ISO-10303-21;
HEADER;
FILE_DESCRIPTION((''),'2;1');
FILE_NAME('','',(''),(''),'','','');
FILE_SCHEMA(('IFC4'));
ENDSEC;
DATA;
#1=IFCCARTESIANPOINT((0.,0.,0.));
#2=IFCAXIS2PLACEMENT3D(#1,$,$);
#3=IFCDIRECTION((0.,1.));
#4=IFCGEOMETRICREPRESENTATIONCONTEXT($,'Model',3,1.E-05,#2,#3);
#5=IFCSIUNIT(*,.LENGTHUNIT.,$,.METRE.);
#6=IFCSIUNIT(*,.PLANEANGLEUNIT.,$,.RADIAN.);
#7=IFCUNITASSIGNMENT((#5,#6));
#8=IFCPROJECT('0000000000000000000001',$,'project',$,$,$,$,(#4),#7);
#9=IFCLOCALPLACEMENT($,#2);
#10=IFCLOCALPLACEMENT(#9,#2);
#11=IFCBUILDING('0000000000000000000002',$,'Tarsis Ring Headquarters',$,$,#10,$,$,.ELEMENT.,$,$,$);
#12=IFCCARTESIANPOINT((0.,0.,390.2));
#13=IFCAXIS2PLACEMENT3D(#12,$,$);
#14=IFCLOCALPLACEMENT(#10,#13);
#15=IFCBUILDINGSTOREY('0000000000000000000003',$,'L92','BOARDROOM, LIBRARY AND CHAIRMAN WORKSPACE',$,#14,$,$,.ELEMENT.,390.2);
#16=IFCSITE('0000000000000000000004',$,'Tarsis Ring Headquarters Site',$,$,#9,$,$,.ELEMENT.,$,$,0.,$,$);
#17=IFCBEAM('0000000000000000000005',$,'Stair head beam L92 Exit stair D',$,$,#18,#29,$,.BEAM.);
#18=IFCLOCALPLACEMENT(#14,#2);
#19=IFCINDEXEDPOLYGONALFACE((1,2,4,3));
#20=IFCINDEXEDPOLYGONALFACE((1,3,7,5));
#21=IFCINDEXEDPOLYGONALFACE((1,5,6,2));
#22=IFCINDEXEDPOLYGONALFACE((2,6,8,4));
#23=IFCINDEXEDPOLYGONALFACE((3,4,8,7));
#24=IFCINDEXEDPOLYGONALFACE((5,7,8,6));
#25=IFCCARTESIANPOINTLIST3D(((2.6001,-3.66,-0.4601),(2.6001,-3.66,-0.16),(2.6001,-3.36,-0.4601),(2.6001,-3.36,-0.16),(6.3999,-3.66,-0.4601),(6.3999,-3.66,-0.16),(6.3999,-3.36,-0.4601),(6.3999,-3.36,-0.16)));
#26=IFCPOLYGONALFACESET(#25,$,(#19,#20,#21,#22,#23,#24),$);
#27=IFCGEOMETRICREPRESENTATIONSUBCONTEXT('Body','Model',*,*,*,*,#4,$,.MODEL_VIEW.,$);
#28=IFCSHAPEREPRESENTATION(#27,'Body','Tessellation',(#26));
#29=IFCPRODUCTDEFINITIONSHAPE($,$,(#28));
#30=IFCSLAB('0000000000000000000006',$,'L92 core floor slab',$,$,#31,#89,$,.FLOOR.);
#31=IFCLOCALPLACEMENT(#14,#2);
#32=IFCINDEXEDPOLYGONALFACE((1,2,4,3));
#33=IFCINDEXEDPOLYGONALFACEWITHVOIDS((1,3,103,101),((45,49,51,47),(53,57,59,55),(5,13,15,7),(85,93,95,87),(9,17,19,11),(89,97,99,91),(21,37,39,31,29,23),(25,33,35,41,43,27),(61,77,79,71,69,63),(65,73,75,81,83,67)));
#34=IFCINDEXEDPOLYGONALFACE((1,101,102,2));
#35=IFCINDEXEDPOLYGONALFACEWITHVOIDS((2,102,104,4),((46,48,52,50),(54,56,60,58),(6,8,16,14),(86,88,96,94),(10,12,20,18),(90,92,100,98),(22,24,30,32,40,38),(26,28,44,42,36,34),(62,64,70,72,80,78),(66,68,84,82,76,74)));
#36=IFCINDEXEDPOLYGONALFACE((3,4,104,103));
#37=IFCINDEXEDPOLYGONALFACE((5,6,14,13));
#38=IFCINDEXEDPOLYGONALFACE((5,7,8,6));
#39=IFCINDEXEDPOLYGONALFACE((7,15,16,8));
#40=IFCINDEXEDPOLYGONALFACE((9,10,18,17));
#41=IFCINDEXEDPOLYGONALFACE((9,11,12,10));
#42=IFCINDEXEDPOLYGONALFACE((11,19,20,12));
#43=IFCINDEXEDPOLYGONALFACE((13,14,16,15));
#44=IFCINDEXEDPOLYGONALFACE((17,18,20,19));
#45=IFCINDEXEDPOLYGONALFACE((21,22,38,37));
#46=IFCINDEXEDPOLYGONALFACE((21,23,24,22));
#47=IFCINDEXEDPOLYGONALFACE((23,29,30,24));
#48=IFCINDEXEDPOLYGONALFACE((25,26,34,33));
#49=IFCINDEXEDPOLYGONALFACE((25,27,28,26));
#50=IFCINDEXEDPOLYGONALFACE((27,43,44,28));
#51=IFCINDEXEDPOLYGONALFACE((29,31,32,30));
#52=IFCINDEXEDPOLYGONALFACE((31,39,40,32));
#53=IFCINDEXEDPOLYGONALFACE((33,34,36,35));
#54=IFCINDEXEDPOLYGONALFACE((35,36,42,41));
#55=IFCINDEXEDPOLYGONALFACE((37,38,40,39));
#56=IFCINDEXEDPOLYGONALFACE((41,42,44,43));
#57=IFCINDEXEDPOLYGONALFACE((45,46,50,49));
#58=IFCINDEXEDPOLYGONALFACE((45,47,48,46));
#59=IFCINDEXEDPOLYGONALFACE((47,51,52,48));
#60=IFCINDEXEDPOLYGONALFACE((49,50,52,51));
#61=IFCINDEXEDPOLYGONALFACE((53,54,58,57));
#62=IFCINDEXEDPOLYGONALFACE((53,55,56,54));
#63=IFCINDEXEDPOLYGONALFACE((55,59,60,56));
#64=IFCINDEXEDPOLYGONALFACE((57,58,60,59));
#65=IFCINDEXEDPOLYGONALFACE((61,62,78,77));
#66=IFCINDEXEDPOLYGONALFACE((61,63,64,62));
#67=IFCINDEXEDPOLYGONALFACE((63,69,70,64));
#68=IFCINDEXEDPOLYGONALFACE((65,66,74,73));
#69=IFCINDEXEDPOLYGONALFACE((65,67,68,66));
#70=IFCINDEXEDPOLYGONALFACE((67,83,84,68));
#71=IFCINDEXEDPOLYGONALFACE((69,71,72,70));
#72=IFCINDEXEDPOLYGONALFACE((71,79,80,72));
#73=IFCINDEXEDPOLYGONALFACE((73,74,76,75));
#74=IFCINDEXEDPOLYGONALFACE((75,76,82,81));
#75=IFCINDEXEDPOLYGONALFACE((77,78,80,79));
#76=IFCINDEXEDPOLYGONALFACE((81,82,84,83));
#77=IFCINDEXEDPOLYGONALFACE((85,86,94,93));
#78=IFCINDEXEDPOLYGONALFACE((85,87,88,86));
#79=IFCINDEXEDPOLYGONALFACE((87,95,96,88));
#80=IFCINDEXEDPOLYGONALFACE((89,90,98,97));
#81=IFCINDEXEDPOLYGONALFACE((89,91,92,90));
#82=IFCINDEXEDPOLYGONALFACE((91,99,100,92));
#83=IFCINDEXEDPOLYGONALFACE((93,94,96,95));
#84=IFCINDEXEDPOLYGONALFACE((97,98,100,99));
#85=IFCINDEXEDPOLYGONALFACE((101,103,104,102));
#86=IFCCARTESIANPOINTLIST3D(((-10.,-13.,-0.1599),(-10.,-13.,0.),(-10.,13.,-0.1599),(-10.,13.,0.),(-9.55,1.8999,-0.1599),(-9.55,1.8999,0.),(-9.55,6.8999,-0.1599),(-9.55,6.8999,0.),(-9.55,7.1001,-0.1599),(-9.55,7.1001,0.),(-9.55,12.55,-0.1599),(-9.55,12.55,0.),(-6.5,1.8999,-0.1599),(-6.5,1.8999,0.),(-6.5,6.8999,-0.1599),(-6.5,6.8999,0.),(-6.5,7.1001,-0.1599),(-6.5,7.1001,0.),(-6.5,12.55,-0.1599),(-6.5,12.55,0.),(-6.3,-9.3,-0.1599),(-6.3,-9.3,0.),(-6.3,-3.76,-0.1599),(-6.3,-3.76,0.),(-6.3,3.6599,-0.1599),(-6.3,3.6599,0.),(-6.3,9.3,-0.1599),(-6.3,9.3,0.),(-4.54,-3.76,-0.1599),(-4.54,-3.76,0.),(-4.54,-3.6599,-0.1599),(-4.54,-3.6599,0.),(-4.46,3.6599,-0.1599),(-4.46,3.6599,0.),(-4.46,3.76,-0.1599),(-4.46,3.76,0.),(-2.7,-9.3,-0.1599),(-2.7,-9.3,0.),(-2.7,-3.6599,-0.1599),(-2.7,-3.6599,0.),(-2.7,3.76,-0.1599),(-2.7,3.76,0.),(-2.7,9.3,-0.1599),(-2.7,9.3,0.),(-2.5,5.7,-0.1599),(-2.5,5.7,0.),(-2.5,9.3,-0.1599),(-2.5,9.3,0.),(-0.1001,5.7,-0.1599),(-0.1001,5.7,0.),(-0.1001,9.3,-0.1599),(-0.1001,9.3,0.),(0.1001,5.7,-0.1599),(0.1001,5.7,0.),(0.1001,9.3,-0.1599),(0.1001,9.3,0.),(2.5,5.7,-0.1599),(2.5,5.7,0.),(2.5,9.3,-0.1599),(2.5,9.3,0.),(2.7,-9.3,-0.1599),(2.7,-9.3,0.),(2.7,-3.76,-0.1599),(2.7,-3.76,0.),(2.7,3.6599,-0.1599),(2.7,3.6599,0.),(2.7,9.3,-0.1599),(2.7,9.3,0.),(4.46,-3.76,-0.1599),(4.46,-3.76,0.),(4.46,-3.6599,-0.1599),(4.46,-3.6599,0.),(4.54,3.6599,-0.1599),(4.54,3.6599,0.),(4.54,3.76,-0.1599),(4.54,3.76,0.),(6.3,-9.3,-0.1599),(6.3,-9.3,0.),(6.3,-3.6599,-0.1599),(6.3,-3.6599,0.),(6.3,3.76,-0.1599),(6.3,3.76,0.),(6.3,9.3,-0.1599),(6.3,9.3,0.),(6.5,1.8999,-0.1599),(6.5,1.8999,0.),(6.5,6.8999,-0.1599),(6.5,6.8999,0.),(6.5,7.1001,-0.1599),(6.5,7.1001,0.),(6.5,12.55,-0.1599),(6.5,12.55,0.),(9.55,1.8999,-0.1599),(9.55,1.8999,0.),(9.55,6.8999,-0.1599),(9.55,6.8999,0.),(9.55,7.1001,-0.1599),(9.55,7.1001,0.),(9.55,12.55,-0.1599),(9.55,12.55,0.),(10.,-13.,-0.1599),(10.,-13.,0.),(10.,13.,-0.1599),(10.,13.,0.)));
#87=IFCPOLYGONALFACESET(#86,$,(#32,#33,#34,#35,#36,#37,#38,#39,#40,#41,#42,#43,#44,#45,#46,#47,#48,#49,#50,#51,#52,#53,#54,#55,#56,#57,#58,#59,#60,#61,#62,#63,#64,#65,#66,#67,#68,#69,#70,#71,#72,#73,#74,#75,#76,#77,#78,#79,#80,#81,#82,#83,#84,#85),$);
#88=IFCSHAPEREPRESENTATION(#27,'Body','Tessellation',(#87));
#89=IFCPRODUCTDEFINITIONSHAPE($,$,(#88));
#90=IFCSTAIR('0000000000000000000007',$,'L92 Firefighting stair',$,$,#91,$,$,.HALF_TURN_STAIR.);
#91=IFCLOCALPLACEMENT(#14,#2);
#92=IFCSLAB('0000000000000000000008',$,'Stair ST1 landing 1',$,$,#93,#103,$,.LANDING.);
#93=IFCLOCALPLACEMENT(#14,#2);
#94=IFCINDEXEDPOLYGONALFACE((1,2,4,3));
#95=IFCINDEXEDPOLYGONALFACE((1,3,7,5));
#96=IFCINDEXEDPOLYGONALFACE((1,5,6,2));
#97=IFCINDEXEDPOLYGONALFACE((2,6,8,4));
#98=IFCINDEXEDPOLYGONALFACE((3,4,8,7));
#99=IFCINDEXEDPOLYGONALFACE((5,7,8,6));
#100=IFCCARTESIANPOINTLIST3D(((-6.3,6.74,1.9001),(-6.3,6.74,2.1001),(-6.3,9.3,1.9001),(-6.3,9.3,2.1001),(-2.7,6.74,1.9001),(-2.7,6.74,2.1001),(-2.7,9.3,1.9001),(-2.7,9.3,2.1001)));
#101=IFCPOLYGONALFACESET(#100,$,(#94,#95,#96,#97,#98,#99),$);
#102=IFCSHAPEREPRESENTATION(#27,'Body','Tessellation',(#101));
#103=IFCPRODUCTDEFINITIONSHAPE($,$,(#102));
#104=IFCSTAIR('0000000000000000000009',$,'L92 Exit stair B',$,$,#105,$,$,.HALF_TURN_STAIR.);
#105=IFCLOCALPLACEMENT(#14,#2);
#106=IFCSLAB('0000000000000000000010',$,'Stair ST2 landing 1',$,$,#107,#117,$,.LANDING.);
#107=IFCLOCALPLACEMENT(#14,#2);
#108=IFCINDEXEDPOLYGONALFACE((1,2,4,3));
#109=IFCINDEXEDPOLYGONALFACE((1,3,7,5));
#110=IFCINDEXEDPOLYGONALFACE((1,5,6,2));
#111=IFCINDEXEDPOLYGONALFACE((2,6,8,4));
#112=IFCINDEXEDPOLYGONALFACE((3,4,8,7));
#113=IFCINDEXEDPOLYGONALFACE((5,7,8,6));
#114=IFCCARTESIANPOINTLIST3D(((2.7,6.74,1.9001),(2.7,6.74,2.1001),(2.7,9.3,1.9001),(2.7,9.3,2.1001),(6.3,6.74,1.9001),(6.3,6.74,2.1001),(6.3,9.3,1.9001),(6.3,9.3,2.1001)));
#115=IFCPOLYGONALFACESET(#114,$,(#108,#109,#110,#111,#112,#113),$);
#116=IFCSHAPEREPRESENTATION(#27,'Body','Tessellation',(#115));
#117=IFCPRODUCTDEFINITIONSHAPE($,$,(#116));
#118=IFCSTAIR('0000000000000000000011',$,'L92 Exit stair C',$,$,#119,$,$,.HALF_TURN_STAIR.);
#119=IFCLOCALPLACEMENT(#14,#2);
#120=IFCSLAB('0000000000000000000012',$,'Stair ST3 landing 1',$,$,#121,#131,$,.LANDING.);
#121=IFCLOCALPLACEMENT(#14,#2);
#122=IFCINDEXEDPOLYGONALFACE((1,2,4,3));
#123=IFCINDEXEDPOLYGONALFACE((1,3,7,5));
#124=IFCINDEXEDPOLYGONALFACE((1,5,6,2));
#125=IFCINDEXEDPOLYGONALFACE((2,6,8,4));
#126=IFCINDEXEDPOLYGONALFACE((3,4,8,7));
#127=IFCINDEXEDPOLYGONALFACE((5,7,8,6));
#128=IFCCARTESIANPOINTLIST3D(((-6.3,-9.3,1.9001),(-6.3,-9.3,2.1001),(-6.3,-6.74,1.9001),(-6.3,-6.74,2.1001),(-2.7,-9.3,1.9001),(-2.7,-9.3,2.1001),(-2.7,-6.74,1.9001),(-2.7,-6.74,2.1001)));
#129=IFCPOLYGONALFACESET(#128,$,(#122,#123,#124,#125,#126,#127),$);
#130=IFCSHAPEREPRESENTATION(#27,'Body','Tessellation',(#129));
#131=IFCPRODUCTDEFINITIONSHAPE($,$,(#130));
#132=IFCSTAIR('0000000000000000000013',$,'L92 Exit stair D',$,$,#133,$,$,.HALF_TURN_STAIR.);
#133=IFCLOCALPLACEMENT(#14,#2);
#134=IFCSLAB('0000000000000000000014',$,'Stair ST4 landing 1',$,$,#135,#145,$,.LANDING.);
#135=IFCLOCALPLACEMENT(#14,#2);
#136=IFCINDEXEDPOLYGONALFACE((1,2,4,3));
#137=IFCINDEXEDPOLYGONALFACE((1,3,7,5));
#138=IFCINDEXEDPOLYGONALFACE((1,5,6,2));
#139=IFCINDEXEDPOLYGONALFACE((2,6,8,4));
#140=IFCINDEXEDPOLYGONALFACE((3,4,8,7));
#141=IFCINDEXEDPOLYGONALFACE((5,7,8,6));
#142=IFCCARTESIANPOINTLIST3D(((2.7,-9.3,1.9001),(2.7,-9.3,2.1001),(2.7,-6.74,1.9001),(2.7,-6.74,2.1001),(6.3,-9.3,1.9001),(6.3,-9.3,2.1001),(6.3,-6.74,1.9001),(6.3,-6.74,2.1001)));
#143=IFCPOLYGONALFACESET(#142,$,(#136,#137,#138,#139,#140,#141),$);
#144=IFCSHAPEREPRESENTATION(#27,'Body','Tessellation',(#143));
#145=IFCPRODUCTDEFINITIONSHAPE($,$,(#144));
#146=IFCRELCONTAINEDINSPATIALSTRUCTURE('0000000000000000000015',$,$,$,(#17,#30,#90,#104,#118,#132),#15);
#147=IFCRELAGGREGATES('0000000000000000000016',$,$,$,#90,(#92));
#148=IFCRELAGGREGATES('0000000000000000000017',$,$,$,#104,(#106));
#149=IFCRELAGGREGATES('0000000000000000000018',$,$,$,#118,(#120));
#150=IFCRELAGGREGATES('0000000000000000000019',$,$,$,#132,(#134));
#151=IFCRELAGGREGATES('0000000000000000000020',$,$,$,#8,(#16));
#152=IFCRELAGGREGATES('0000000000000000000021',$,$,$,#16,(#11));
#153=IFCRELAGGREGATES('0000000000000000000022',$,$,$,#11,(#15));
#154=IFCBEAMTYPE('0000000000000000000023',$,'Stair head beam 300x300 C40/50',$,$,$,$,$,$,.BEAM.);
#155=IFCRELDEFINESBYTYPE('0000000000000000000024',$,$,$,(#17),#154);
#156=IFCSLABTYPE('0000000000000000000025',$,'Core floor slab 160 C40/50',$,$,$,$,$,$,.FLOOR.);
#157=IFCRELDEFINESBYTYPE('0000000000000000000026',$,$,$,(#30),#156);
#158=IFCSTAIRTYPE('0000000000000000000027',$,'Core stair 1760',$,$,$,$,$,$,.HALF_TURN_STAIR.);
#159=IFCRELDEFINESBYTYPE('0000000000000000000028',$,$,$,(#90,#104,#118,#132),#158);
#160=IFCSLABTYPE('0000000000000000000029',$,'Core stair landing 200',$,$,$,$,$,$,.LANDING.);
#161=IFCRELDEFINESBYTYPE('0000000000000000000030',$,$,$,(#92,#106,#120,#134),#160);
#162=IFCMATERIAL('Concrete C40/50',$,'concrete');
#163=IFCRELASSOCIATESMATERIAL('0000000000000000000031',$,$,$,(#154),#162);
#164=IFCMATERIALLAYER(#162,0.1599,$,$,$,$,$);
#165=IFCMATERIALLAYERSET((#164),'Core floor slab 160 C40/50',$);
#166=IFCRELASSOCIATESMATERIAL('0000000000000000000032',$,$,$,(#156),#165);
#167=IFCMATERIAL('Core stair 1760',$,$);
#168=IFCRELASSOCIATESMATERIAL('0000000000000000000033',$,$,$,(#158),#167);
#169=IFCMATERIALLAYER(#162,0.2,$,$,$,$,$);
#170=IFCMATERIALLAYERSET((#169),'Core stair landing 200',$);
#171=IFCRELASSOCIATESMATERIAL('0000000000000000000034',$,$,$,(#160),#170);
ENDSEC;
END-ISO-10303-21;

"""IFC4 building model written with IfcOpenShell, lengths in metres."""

from ifc_helpers import new_model, si_unit, direction, frame, origin, origin_2d, place, context, subcontext, project, spatial, polyline, rectangle, outline, extrude, material, layer, layer_set, material_profile, profile_set, type_object, element, aggregate, save


model = new_model("IFC4")

# Units and contexts
model_context = context("Model", 3, precision=1e-05, world=origin(), true_north=direction((0.0, 1.0)))
body_context = subcontext(model_context, "Body", "Model", "MODEL_VIEW")
ifc_project = project(units=[si_unit("LENGTHUNIT", "METRE"), si_unit("PLANEANGLEUNIT", "RADIAN")], contexts=[model_context])

# Site, building, storey
site_placement = place(None, origin())
site = spatial("IfcSite", under=ifc_project, at=site_placement, Name="Tarsis Ring Headquarters Site", CompositionType="ELEMENT", RefElevation=0.0)
building_placement = place(site_placement, origin())
building = spatial("IfcBuilding", under=site, at=building_placement, Name="Tarsis Ring Headquarters", CompositionType="ELEMENT")
storey_placement = place(building_placement, frame((0.0, 0.0, 390.2)))
storey = spatial("IfcBuildingStorey", under=building, at=storey_placement, Name="L92", Description="BOARDROOM, LIBRARY AND CHAIRMAN WORKSPACE", CompositionType="ELEMENT", Elevation=390.2)

# Beam
ifc_material_1 = material(Name="Concrete C40/50", Category="concrete")
ifc_material_profile = material_profile(ifc_material_1, rectangle(XDim=0.3, YDim=0.3, at=origin_2d()), Name="Stair head beam 300x300 C40/50")
ifc_profile_set = profile_set([ifc_material_profile], Name="Concrete C40/50")
beam_type = type_object("IfcBeamType", Name="Stair head beam 300x300 C40/50", PredefinedType="BEAM", material=ifc_profile_set)
beam_placement = place(storey_placement, frame((2.6001, -3.51, -0.3101), z_axis=(1.0, 0.0, 0.0), x_axis=(0.0, 1.0, 0.0)))
element("IfcBeam", 1, at=beam_placement, inside=storey, type_object=beam_type, Name="Stair head beam L92 Exit stair D", PredefinedType="BEAM", context=body_context, shape_type="SweptSolid", body=[
    extrude(rectangle(XDim=0.3, YDim=0.3, at=origin_2d()), origin(), (0.0, 0.0, 1.0), 3.7998),
])

# Slab
ifc_layer_1 = layer(ifc_material_1, 0.1599)
ifc_layer_set_1 = layer_set([ifc_layer_1], Name="Core floor slab 160 C40/50")
slab_type_1 = type_object("IfcSlabType", Name="Core floor slab 160 C40/50", PredefinedType="FLOOR", material=ifc_layer_set_1)
slab_1_placement = place(storey_placement, frame((0.0, 0.0, -0.1599)))
element("IfcSlab", 2, at=slab_1_placement, inside=storey, type_object=slab_type_1, Name="L92 core floor slab", PredefinedType="FLOOR", context=body_context, shape_type="SweptSolid", body=[
    extrude(outline(polyline([(-10.0, -13.0), (10.0, -13.0), (10.0, 13.0), (-10.0, 13.0), (-10.0, -13.0)]), holes=[polyline([(-2.5, 5.7), (-0.1001, 5.7), (-0.1001, 9.3), (-2.5, 9.3), (-2.5, 5.7)]), polyline([(0.1001, 5.7), (2.5, 5.7), (2.5, 9.3), (0.1001, 9.3), (0.1001, 5.7)]), polyline([(-9.55, 1.8999), (-6.5, 1.8999), (-6.5, 6.8999), (-9.55, 6.8999), (-9.55, 1.8999)]), polyline([(-9.55, 7.1001), (-6.5, 7.1001), (-6.5, 12.55), (-9.55, 12.55), (-9.55, 7.1001)]), polyline([(6.5, 1.8999), (9.55, 1.8999), (9.55, 6.8999), (6.5, 6.8999), (6.5, 1.8999)]), polyline([(6.5, 7.1001), (9.55, 7.1001), (9.55, 12.55), (6.5, 12.55), (6.5, 7.1001)]), polyline([(-2.7, 3.76), (-2.7, 9.3), (-6.3, 9.3), (-6.3, 3.6599), (-4.46, 3.6599), (-4.46, 3.76), (-2.7, 3.76)]), polyline([(6.3, 3.76), (6.3, 9.3), (2.7, 9.3), (2.7, 3.6599), (4.54, 3.6599), (4.54, 3.76), (6.3, 3.76)]), polyline([(-6.3, -3.76), (-6.3, -9.3), (-2.7, -9.3), (-2.7, -3.6599), (-4.54, -3.6599), (-4.54, -3.76), (-6.3, -3.76)]), polyline([(2.7, -3.76), (2.7, -9.3), (6.3, -9.3), (6.3, -3.6599), (4.46, -3.6599), (4.46, -3.76), (2.7, -3.76)])]), origin(), (0.0, 0.0, 1.0), 0.1599),
])

# Stairs, slabs
ifc_material_2 = material(Name="Core stair 1760")
stair_type = type_object("IfcStairType", Name="Core stair 1760", PredefinedType="HALF_TURN_STAIR", material=ifc_material_2)
stair_1_placement = place(storey_placement, origin())
stair_1 = element("IfcStair", 3, at=stair_1_placement, inside=storey, type_object=stair_type, Name="L92 Firefighting stair", PredefinedType="HALF_TURN_STAIR")
ifc_layer_2 = layer(ifc_material_1, 0.2)
ifc_layer_set_2 = layer_set([ifc_layer_2], Name="Core stair landing 200")
slab_type_2 = type_object("IfcSlabType", Name="Core stair landing 200", PredefinedType="LANDING", material=ifc_layer_set_2)
slab_2_placement = place(storey_placement, frame((0.0, 0.0, 1.9001)))
slab_2 = element("IfcSlab", 4, at=slab_2_placement, type_object=slab_type_2, Name="Stair ST1 landing 1", PredefinedType="LANDING", context=body_context, shape_type="SweptSolid", body=[
    extrude(outline(polyline([(-2.7, 6.74), (-2.7, 9.3), (-6.3, 9.3), (-6.3, 6.74), (-2.7, 6.74)])), origin(), (0.0, 0.0, 1.0), 0.2),
])
aggregate(stair_1, [slab_2])
stair_2_placement = place(storey_placement, origin())
stair_2 = element("IfcStair", 5, at=stair_2_placement, inside=storey, type_object=stair_type, Name="L92 Exit stair B", PredefinedType="HALF_TURN_STAIR")
slab_3_placement = place(storey_placement, frame((0.0, 0.0, 1.9001)))
slab_3 = element("IfcSlab", 6, at=slab_3_placement, type_object=slab_type_2, Name="Stair ST2 landing 1", PredefinedType="LANDING", context=body_context, shape_type="SweptSolid", body=[
    extrude(outline(polyline([(6.3, 6.74), (6.3, 9.3), (2.7, 9.3), (2.7, 6.74), (6.3, 6.74)])), origin(), (0.0, 0.0, 1.0), 0.2),
])
aggregate(stair_2, [slab_3])
stair_3_placement = place(storey_placement, origin())
stair_3 = element("IfcStair", 7, at=stair_3_placement, inside=storey, type_object=stair_type, Name="L92 Exit stair C", PredefinedType="HALF_TURN_STAIR")
slab_4_placement = place(storey_placement, frame((0.0, 0.0, 1.9001)))
slab_4 = element("IfcSlab", 8, at=slab_4_placement, type_object=slab_type_2, Name="Stair ST3 landing 1", PredefinedType="LANDING", context=body_context, shape_type="SweptSolid", body=[
    extrude(outline(polyline([(-6.3, -6.74), (-6.3, -9.3), (-2.7, -9.3), (-2.7, -6.74), (-6.3, -6.74)])), origin(), (0.0, 0.0, 1.0), 0.2),
])
aggregate(stair_3, [slab_4])
stair_4_placement = place(storey_placement, origin())
stair_4 = element("IfcStair", 9, at=stair_4_placement, inside=storey, type_object=stair_type, Name="L92 Exit stair D", PredefinedType="HALF_TURN_STAIR")
slab_5_placement = place(storey_placement, frame((0.0, 0.0, 1.9001)))
slab_5 = element("IfcSlab", 10, at=slab_5_placement, type_object=slab_type_2, Name="Stair ST4 landing 1", PredefinedType="LANDING", context=body_context, shape_type="SweptSolid", body=[
    extrude(outline(polyline([(2.7, -6.74), (2.7, -9.3), (6.3, -9.3), (6.3, -6.74), (2.7, -6.74)])), origin(), (0.0, 0.0, 1.0), 0.2),
])
aggregate(stair_4, [slab_5])

save(model, "model.ifc")
